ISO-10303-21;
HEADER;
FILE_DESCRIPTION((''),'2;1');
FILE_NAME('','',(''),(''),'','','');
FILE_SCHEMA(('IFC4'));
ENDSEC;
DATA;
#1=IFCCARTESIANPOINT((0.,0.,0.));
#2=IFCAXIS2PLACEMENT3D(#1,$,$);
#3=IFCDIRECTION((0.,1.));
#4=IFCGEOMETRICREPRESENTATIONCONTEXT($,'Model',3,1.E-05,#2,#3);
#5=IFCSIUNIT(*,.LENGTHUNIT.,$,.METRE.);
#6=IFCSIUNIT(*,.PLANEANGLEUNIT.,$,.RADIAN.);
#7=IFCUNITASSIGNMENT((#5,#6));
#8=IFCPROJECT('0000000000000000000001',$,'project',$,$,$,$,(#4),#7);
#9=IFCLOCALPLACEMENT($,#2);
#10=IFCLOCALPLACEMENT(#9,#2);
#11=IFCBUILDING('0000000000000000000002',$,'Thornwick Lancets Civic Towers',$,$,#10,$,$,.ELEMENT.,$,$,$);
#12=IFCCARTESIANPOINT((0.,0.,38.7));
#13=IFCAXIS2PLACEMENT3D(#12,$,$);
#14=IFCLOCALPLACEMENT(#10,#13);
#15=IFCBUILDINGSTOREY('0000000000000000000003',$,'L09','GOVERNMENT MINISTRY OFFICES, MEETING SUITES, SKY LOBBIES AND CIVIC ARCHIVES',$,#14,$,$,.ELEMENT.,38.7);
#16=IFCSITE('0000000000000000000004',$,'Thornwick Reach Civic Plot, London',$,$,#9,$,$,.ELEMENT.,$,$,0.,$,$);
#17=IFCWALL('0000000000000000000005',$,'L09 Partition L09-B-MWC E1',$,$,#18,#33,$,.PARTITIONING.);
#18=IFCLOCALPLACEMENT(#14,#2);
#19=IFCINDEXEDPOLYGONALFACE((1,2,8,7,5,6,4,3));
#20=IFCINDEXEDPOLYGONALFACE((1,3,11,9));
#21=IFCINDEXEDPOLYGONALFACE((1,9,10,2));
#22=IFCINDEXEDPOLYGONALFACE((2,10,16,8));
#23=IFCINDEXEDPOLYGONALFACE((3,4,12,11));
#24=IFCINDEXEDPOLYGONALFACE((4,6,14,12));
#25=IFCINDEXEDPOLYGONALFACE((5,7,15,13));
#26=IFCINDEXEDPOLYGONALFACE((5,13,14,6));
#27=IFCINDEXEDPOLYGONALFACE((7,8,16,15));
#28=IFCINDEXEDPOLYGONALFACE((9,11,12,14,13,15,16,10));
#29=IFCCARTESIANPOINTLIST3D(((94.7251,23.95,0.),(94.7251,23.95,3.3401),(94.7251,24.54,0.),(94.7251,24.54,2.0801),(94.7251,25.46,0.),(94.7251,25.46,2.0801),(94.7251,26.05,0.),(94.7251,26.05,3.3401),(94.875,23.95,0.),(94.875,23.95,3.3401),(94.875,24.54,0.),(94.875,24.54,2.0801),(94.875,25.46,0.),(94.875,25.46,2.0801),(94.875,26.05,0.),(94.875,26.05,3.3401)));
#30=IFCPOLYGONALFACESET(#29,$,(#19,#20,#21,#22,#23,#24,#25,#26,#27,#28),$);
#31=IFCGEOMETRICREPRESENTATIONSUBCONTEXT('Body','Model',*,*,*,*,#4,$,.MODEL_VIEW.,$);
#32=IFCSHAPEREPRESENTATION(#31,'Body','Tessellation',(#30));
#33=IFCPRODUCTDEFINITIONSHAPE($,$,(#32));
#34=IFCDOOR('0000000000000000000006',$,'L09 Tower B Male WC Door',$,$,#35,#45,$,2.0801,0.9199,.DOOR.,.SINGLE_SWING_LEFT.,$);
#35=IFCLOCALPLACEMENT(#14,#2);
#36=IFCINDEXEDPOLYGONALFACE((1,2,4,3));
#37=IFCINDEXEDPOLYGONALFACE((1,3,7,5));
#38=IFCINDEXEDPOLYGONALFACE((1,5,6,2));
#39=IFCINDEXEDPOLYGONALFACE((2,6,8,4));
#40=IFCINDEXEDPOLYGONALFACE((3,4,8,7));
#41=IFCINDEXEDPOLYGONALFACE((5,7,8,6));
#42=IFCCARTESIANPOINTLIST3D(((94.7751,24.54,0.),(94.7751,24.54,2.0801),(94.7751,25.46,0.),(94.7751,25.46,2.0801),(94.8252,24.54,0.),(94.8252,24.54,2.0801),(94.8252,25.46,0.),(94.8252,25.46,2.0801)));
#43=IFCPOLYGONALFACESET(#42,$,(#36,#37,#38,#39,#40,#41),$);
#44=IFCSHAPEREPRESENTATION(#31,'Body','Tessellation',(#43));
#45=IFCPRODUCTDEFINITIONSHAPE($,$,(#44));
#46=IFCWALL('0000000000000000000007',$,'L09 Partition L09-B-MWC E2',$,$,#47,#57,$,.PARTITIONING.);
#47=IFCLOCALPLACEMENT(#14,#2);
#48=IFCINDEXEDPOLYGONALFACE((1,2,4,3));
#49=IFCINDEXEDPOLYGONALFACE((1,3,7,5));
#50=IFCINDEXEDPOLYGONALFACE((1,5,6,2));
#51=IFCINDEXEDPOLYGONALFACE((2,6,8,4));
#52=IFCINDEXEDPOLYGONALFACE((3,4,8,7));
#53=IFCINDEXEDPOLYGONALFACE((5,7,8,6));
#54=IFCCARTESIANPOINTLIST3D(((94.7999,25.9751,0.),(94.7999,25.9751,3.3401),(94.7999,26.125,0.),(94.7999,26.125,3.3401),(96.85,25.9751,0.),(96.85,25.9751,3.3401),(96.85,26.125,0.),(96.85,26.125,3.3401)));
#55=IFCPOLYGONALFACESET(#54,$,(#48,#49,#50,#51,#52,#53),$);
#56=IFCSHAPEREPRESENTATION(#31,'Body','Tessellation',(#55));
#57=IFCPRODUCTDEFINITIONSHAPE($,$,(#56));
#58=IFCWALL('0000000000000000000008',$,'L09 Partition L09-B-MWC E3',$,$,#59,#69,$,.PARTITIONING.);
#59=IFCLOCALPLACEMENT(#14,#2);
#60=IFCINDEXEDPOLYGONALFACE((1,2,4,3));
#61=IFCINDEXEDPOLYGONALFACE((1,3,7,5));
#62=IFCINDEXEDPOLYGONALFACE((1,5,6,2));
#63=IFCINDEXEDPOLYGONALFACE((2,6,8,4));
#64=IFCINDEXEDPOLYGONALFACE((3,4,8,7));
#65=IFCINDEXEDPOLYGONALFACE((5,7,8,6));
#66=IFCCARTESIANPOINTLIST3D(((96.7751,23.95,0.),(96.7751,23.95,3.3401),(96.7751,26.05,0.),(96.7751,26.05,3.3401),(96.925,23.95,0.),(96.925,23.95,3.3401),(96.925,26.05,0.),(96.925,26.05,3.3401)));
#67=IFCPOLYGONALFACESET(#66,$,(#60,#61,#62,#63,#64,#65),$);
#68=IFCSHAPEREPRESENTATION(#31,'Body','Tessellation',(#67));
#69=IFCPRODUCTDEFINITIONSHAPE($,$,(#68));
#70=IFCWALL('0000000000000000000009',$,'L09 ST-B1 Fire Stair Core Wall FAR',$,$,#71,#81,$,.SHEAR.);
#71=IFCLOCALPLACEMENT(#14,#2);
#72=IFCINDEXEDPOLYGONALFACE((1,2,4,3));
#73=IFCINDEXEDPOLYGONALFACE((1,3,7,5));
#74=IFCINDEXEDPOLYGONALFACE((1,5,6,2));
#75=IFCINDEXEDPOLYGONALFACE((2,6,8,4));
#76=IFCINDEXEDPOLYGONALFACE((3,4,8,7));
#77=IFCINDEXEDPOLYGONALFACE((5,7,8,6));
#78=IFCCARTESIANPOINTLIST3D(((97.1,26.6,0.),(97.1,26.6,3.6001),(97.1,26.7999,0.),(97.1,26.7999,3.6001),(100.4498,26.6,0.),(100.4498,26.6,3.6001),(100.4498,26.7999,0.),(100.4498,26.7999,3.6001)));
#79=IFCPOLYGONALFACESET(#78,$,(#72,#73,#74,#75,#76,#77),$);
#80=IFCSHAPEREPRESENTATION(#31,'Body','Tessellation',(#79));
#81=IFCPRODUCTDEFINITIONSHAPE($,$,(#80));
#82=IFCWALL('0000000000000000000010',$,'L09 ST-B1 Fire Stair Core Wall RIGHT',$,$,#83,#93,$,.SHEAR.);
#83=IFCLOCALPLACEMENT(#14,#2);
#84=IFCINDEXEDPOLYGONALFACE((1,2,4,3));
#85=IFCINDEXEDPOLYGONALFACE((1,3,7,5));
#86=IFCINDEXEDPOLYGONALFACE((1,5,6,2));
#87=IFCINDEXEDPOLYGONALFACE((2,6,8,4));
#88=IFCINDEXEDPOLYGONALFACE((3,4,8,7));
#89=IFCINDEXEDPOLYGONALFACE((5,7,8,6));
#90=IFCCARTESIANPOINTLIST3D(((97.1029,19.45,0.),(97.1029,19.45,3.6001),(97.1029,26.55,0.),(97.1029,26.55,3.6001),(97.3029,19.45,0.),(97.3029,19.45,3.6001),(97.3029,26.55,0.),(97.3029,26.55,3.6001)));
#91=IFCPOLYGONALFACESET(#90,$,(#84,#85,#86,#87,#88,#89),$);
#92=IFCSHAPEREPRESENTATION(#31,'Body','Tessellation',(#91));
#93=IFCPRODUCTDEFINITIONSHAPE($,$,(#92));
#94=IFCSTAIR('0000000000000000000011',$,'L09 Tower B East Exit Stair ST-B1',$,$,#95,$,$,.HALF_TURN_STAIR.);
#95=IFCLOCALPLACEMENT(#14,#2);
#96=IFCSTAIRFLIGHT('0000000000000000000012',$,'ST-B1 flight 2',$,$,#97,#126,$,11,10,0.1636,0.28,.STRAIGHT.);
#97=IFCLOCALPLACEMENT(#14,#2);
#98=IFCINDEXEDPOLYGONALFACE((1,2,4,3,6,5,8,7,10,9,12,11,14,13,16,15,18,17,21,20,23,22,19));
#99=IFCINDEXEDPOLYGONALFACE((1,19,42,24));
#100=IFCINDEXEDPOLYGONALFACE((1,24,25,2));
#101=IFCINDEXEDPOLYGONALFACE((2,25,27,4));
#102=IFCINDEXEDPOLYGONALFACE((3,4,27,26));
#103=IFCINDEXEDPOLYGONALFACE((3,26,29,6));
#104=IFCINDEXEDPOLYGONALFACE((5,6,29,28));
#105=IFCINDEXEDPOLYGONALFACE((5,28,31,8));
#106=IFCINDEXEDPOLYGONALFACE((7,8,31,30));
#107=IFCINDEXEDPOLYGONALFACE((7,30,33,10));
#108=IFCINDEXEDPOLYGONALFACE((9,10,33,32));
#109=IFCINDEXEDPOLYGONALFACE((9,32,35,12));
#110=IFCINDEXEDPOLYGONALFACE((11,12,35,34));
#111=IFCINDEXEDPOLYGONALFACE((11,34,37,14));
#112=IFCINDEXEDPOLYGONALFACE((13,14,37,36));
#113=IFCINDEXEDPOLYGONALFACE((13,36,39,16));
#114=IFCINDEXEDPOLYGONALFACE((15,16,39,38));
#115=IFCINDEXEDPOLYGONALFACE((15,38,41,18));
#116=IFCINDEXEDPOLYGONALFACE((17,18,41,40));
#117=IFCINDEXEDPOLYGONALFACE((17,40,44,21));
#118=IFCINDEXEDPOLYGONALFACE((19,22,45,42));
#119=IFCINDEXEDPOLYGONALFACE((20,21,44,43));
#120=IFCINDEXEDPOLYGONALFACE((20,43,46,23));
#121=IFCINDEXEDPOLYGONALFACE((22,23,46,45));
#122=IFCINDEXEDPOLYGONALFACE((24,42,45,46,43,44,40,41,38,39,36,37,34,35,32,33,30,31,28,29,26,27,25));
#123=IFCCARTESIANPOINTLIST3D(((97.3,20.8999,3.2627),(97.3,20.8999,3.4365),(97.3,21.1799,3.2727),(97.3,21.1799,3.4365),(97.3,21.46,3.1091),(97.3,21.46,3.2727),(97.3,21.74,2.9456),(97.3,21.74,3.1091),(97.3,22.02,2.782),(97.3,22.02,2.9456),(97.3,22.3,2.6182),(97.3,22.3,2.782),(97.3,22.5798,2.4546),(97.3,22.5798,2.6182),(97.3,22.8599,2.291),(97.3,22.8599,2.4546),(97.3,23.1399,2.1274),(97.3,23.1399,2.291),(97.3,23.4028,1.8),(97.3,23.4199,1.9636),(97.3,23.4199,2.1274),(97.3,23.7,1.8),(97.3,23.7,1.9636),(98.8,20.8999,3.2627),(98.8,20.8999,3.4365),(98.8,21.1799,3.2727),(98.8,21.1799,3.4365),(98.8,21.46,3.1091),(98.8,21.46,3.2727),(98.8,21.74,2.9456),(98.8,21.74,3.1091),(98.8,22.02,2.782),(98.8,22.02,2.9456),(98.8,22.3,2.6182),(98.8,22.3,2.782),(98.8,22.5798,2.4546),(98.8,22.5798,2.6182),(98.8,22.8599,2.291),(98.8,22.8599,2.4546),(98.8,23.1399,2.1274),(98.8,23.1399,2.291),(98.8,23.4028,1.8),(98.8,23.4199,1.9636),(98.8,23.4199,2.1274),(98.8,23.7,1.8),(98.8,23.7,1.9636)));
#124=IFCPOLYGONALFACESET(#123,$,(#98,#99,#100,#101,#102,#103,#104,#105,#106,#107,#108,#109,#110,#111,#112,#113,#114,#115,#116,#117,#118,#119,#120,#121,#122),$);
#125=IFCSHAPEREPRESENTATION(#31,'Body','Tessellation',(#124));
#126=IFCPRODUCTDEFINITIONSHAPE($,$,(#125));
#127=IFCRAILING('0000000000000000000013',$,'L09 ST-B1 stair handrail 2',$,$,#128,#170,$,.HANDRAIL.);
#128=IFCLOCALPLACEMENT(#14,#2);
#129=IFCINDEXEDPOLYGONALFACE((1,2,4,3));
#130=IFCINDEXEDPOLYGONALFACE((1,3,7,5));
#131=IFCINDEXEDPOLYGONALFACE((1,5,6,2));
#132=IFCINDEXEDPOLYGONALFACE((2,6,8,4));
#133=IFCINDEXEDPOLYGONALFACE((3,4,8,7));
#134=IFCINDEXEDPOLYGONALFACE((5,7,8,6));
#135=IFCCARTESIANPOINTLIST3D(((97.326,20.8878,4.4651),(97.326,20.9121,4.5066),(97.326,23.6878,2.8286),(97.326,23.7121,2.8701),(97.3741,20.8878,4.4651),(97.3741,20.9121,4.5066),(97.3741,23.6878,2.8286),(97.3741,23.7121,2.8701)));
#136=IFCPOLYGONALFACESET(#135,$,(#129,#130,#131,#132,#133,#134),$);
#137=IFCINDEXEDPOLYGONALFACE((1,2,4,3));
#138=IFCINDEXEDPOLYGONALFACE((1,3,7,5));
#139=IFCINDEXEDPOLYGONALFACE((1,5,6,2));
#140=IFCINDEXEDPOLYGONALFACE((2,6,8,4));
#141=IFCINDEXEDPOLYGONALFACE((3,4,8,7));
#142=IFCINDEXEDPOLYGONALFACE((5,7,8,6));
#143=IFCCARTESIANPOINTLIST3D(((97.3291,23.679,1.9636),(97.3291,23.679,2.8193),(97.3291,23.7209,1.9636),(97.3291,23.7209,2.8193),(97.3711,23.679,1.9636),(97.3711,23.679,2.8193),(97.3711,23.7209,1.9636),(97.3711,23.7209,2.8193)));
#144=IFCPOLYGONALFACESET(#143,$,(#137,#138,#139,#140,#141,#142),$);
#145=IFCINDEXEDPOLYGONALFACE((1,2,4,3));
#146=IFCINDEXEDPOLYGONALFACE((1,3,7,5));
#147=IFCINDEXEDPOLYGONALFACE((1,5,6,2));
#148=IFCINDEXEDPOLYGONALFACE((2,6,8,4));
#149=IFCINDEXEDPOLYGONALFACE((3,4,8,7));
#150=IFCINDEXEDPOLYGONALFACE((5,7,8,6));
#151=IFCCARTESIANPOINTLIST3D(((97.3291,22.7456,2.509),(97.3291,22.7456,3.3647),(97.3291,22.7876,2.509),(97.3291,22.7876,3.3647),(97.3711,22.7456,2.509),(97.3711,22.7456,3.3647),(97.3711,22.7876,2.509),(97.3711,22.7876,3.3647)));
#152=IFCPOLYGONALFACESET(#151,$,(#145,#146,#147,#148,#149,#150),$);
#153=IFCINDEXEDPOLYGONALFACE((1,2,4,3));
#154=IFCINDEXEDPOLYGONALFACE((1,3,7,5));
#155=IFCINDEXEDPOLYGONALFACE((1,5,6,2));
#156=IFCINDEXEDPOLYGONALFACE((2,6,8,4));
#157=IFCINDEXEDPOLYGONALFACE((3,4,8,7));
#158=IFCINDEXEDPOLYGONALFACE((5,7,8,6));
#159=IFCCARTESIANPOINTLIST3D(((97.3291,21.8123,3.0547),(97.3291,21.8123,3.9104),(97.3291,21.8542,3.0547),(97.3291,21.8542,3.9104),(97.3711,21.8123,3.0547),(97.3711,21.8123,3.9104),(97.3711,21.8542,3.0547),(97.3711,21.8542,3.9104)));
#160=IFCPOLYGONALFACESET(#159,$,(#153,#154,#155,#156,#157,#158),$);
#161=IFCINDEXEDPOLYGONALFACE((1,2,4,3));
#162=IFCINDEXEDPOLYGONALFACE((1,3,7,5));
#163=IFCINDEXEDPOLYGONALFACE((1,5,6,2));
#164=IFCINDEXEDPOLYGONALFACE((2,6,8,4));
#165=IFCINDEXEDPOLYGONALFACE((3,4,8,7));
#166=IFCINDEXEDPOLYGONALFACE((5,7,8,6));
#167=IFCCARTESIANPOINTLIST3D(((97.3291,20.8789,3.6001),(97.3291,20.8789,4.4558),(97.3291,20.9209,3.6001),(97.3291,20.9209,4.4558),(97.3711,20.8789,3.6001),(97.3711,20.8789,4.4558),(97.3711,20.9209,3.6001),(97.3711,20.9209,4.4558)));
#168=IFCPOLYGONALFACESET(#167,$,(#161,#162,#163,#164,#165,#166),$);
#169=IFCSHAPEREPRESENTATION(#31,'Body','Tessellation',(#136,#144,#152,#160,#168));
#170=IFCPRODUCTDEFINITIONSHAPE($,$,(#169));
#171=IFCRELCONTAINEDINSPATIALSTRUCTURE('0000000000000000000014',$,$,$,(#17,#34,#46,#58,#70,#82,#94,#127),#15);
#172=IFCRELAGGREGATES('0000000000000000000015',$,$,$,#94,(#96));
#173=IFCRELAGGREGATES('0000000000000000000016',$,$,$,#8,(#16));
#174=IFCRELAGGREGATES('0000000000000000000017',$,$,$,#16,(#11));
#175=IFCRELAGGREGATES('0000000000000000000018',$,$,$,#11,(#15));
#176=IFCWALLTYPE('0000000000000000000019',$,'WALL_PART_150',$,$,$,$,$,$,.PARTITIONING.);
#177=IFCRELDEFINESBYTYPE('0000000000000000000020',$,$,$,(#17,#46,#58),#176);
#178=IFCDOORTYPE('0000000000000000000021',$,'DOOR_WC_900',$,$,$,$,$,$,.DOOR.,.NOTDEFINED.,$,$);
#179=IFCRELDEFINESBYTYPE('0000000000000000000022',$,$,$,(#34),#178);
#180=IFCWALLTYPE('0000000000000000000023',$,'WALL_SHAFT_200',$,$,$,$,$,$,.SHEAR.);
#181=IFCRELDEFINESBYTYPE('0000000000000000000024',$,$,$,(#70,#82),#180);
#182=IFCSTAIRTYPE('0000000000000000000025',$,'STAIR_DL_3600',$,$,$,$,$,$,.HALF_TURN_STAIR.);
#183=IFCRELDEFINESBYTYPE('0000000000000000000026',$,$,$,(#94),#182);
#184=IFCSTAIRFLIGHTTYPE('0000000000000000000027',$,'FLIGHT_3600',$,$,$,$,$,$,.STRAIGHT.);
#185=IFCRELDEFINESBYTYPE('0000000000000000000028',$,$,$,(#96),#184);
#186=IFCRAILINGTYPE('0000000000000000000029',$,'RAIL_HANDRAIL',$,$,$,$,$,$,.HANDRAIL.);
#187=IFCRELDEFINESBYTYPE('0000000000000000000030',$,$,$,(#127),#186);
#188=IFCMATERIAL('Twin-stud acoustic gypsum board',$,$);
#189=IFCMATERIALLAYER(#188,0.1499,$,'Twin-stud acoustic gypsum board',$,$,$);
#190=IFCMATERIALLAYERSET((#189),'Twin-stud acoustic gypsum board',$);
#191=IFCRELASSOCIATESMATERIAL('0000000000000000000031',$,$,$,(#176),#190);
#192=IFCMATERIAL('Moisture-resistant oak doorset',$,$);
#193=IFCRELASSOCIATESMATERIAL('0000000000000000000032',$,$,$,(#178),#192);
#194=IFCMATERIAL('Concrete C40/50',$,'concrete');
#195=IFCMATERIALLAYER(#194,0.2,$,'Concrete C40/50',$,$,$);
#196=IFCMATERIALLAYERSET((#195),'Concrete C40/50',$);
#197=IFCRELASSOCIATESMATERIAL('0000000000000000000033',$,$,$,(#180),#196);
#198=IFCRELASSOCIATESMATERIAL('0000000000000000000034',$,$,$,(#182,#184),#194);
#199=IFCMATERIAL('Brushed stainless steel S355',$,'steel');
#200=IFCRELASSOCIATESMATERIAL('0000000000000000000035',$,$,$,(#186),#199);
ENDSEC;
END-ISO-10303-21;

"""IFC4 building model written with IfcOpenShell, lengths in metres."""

from ifc_helpers import new_model, si_unit, direction, frame, frame_2d, origin, origin_2d, place, context, subcontext, project, spatial, polyline, rectangle, outline, extrude, material, layer, layer_set, type_object, element, fill, aggregate, save


model = new_model("IFC4")

# Units and contexts
model_context = context("Model", 3, precision=1e-05, world=origin(), true_north=direction((0.0, 1.0)))
body_context = subcontext(model_context, "Body", "Model", "MODEL_VIEW")
ifc_project = project(units=[si_unit("LENGTHUNIT", "METRE"), si_unit("PLANEANGLEUNIT", "RADIAN")], contexts=[model_context])

# Site, building, storey
site_placement = place(None, origin())
site = spatial("IfcSite", under=ifc_project, at=site_placement, Name="Thornwick Reach Civic Plot, London", CompositionType="ELEMENT", RefElevation=0.0)
building_placement = place(site_placement, origin())
building = spatial("IfcBuilding", under=site, at=building_placement, Name="Thornwick Lancets Civic Towers", CompositionType="ELEMENT")
storey_placement = place(building_placement, frame((0.0, 0.0, 38.7)))
storey = spatial("IfcBuildingStorey", under=building, at=storey_placement, Name="L09", Description="GOVERNMENT MINISTRY OFFICES, MEETING SUITES, SKY LOBBIES AND CIVIC ARCHIVES", CompositionType="ELEMENT", Elevation=38.7)

# Wall, opening, door
ifc_material_1 = material(Name="Twin-stud acoustic gypsum board")
ifc_layer_1 = layer(ifc_material_1, 0.1499, Name="Twin-stud acoustic gypsum board")
ifc_layer_set_1 = layer_set([ifc_layer_1], Name="Twin-stud acoustic gypsum board")
wall_type_1 = type_object("IfcWallType", Name="WALL_PART_150", PredefinedType="PARTITIONING", material=ifc_layer_set_1)
wall_1_placement = place(storey_placement, frame((94.8, 23.95, 0.0), z_axis=(0.0, 0.0, 1.0), x_axis=(0.0, 1.0, 0.0)))
wall_1 = element("IfcWall", 1, at=wall_1_placement, inside=storey, type_object=wall_type_1, Name="L09 Partition L09-B-MWC E1", PredefinedType="PARTITIONING", context=body_context, shape_type="SweptSolid", body=[
    extrude(rectangle(XDim=2.1001, YDim=0.1499, at=frame_2d((1.05, 0.0))), origin(), (0.0, 0.0, 1.0), 3.3401),
])
opening_1_placement = place(wall_1_placement, frame((0.5901, 0.0, 0.0)))
opening_1 = element("IfcOpeningElement", 2, at=opening_1_placement, cuts=wall_1, PredefinedType="OPENING", context=body_context, shape_type="SweptSolid", body=[
    extrude(rectangle(XDim=0.9199, YDim=2.0801, at=frame_2d((0.46, 1.04))), frame((0.0, 0.085, 0.0), z_axis=(0.0, -1.0, 0.0), x_axis=(1.0, 0.0, 0.0)), (0.0, 0.0, 1.0), 0.1699),
])
ifc_material_2 = material(Name="Moisture-resistant oak doorset")
door_type_1 = type_object("IfcDoorType", Name="DOOR_WC_900", OperationType="NOTDEFINED", PredefinedType="DOOR", material=ifc_material_2)
door_1_placement = place(opening_1_placement, origin())
door_1 = element("IfcDoor", 3, at=door_1_placement, inside=storey, type_object=door_type_1, Name="L09 Tower B Male WC Door", OperationType="SINGLE_SWING_LEFT", OverallHeight=2.0801, OverallWidth=0.9199, PredefinedType="DOOR", context=body_context, shape_type="SweptSolid", body=[
    extrude(rectangle(XDim=0.9199, YDim=2.0801, at=frame_2d((0.46, 1.04))), frame((0.0, 0.0249, 0.0), z_axis=(0.0, -1.0, 0.0), x_axis=(1.0, 0.0, 0.0)), (0.0, 0.0, 1.0), 0.05),
])
fill(opening_1, door_1)

# Walls
wall_2_placement = place(storey_placement, frame((94.8, 26.05, 0.0), z_axis=(0.0, 0.0, 1.0), x_axis=(1.0, 0.0, 0.0)))
element("IfcWall", 4, at=wall_2_placement, inside=storey, type_object=wall_type_1, Name="L09 Partition L09-B-MWC E2", PredefinedType="PARTITIONING", context=body_context, shape_type="SweptSolid", body=[
    extrude(rectangle(XDim=2.05, YDim=0.1499, at=frame_2d((1.0249, 0.0))), origin(), (0.0, 0.0, 1.0), 3.3401),
])
wall_3_placement = place(storey_placement, frame((96.8501, 26.05, 0.0), z_axis=(0.0, 0.0, 1.0), x_axis=(0.0, -1.0, 0.0)))
element("IfcWall", 5, at=wall_3_placement, inside=storey, type_object=wall_type_1, Name="L09 Partition L09-B-MWC E3", PredefinedType="PARTITIONING", context=body_context, shape_type="SweptSolid", body=[
    extrude(rectangle(XDim=2.1001, YDim=0.1499, at=frame_2d((1.05, 0.0))), origin(), (0.0, 0.0, 1.0), 3.3401),
])
ifc_material_3 = material(Name="Concrete C40/50", Category="concrete")
ifc_layer_2 = layer(ifc_material_3, 0.2, Name="Concrete C40/50")
ifc_layer_set_2 = layer_set([ifc_layer_2], Name="Concrete C40/50")
wall_type_2 = type_object("IfcWallType", Name="WALL_SHAFT_200", PredefinedType="SHEAR", material=ifc_layer_set_2)
wall_4_placement = place(storey_placement, frame((97.1001, 26.7, 0.0), z_axis=(0.0, 0.0, 1.0), x_axis=(1.0, 0.0, 0.0)))
element("IfcWall", 6, at=wall_4_placement, inside=storey, type_object=wall_type_2, Name="L09 ST-B1 Fire Stair Core Wall FAR", PredefinedType="SHEAR", context=body_context, shape_type="SweptSolid", body=[
    extrude(rectangle(XDim=3.3499, YDim=0.2, at=frame_2d((1.6748, 0.0))), origin(), (0.0, 0.0, 1.0), 3.6001),
])
wall_5_placement = place(storey_placement, frame((97.2029, 26.55, 0.0), z_axis=(0.0, 0.0, 1.0), x_axis=(0.0, -1.0, 0.0)))
element("IfcWall", 7, at=wall_5_placement, inside=storey, type_object=wall_type_2, Name="L09 ST-B1 Fire Stair Core Wall RIGHT", PredefinedType="SHEAR", context=body_context, shape_type="SweptSolid", body=[
    extrude(rectangle(XDim=7.1001, YDim=0.2, at=frame_2d((3.55, 0.0))), origin(), (0.0, 0.0, 1.0), 3.6001),
])

# Stair, stair flight
stair_type = type_object("IfcStairType", Name="STAIR_DL_3600", PredefinedType="HALF_TURN_STAIR", material=ifc_material_3)
stair_placement = place(storey_placement, origin())
stair = element("IfcStair", 8, at=stair_placement, inside=storey, type_object=stair_type, Name="L09 Tower B East Exit Stair ST-B1", PredefinedType="HALF_TURN_STAIR")
stair_flight_type = type_object("IfcStairFlightType", Name="FLIGHT_3600", PredefinedType="STRAIGHT", material=ifc_material_3)
stair_flight_placement = place(storey_placement, frame((98.05, 23.7, 1.8), z_axis=(0.0, 0.0, 1.0), x_axis=(0.0, -1.0, 0.0)))
stair_flight = element("IfcStairFlight", 9, at=stair_flight_placement, type_object=stair_flight_type, Name="ST-B1 flight 2", NumberOfRisers=11, NumberOfTreads=10, PredefinedType="STRAIGHT", RiserHeight=0.1636, TreadLength=0.28, context=body_context, shape_type="SweptSolid", body=[
    extrude(outline(polyline([(0.0, 0.0), (0.0, 0.1636), (0.28, 0.1636), (0.28, 0.3274), (0.5601, 0.3274), (0.5601, 0.491), (0.8401, 0.491), (0.8401, 0.6545), (1.1201, 0.6545), (1.1201, 0.8181), (1.3999, 0.8181), (1.3999, 0.9819), (1.6799, 0.9819), (1.6799, 1.1455), (1.96, 1.1455), (1.96, 1.3091), (2.24, 1.3091), (2.24, 1.4727), (2.52, 1.4727), (2.52, 1.6365), (2.8, 1.6365), (2.8, 1.8), (2.8, 1.4626), (0.2971, 0.0), (0.0, 0.0)])), frame((0.0, 0.75, 0.0), z_axis=(0.0, -1.0, 0.0), x_axis=(1.0, 0.0, 0.0)), (0.0, 0.0, 1.0), 1.5),
])
aggregate(stair, [stair_flight])

# Railing
ifc_material_4 = material(Name="Brushed stainless steel S355", Category="steel")
railing_type_1 = type_object("IfcRailingType", Name="RAIL_HANDRAIL", PredefinedType="HANDRAIL", material=ifc_material_4)
railing_1_placement = place(storey_placement, frame((97.3501, 23.7, 1.9636)))
element("IfcRailing", 10, at=railing_1_placement, inside=storey, type_object=railing_type_1, Name="L09 ST-B1 stair handrail 2", PredefinedType="HANDRAIL", context=body_context, shape_type="SweptSolid", body=[
    extrude(rectangle(XDim=0.0481, YDim=0.0481, at=origin_2d()), frame((0.0, 0.0, 0.8857), z_axis=(0.0, -0.863361, 0.504587), x_axis=(1.0, 0.0, 0.0)), (0.0, 0.0, 1.0), 3.2432),
    extrude(rectangle(XDim=0.042, YDim=0.042, at=origin_2d()), origin(), (0.0, 0.0, 1.0), 0.8557),
    extrude(rectangle(XDim=0.042, YDim=0.042, at=origin_2d()), frame((0.0, -0.9333, 0.5454)), (0.0, 0.0, 1.0), 0.8557),
    extrude(rectangle(XDim=0.042, YDim=0.042, at=origin_2d()), frame((0.0, -1.8667, 1.0911)), (0.0, 0.0, 1.0), 0.8557),
    extrude(rectangle(XDim=0.042, YDim=0.042, at=origin_2d()), frame((0.0, -2.8, 1.6365)), (0.0, 0.0, 1.0), 0.8557),
])

save(model, "model.ifc")
